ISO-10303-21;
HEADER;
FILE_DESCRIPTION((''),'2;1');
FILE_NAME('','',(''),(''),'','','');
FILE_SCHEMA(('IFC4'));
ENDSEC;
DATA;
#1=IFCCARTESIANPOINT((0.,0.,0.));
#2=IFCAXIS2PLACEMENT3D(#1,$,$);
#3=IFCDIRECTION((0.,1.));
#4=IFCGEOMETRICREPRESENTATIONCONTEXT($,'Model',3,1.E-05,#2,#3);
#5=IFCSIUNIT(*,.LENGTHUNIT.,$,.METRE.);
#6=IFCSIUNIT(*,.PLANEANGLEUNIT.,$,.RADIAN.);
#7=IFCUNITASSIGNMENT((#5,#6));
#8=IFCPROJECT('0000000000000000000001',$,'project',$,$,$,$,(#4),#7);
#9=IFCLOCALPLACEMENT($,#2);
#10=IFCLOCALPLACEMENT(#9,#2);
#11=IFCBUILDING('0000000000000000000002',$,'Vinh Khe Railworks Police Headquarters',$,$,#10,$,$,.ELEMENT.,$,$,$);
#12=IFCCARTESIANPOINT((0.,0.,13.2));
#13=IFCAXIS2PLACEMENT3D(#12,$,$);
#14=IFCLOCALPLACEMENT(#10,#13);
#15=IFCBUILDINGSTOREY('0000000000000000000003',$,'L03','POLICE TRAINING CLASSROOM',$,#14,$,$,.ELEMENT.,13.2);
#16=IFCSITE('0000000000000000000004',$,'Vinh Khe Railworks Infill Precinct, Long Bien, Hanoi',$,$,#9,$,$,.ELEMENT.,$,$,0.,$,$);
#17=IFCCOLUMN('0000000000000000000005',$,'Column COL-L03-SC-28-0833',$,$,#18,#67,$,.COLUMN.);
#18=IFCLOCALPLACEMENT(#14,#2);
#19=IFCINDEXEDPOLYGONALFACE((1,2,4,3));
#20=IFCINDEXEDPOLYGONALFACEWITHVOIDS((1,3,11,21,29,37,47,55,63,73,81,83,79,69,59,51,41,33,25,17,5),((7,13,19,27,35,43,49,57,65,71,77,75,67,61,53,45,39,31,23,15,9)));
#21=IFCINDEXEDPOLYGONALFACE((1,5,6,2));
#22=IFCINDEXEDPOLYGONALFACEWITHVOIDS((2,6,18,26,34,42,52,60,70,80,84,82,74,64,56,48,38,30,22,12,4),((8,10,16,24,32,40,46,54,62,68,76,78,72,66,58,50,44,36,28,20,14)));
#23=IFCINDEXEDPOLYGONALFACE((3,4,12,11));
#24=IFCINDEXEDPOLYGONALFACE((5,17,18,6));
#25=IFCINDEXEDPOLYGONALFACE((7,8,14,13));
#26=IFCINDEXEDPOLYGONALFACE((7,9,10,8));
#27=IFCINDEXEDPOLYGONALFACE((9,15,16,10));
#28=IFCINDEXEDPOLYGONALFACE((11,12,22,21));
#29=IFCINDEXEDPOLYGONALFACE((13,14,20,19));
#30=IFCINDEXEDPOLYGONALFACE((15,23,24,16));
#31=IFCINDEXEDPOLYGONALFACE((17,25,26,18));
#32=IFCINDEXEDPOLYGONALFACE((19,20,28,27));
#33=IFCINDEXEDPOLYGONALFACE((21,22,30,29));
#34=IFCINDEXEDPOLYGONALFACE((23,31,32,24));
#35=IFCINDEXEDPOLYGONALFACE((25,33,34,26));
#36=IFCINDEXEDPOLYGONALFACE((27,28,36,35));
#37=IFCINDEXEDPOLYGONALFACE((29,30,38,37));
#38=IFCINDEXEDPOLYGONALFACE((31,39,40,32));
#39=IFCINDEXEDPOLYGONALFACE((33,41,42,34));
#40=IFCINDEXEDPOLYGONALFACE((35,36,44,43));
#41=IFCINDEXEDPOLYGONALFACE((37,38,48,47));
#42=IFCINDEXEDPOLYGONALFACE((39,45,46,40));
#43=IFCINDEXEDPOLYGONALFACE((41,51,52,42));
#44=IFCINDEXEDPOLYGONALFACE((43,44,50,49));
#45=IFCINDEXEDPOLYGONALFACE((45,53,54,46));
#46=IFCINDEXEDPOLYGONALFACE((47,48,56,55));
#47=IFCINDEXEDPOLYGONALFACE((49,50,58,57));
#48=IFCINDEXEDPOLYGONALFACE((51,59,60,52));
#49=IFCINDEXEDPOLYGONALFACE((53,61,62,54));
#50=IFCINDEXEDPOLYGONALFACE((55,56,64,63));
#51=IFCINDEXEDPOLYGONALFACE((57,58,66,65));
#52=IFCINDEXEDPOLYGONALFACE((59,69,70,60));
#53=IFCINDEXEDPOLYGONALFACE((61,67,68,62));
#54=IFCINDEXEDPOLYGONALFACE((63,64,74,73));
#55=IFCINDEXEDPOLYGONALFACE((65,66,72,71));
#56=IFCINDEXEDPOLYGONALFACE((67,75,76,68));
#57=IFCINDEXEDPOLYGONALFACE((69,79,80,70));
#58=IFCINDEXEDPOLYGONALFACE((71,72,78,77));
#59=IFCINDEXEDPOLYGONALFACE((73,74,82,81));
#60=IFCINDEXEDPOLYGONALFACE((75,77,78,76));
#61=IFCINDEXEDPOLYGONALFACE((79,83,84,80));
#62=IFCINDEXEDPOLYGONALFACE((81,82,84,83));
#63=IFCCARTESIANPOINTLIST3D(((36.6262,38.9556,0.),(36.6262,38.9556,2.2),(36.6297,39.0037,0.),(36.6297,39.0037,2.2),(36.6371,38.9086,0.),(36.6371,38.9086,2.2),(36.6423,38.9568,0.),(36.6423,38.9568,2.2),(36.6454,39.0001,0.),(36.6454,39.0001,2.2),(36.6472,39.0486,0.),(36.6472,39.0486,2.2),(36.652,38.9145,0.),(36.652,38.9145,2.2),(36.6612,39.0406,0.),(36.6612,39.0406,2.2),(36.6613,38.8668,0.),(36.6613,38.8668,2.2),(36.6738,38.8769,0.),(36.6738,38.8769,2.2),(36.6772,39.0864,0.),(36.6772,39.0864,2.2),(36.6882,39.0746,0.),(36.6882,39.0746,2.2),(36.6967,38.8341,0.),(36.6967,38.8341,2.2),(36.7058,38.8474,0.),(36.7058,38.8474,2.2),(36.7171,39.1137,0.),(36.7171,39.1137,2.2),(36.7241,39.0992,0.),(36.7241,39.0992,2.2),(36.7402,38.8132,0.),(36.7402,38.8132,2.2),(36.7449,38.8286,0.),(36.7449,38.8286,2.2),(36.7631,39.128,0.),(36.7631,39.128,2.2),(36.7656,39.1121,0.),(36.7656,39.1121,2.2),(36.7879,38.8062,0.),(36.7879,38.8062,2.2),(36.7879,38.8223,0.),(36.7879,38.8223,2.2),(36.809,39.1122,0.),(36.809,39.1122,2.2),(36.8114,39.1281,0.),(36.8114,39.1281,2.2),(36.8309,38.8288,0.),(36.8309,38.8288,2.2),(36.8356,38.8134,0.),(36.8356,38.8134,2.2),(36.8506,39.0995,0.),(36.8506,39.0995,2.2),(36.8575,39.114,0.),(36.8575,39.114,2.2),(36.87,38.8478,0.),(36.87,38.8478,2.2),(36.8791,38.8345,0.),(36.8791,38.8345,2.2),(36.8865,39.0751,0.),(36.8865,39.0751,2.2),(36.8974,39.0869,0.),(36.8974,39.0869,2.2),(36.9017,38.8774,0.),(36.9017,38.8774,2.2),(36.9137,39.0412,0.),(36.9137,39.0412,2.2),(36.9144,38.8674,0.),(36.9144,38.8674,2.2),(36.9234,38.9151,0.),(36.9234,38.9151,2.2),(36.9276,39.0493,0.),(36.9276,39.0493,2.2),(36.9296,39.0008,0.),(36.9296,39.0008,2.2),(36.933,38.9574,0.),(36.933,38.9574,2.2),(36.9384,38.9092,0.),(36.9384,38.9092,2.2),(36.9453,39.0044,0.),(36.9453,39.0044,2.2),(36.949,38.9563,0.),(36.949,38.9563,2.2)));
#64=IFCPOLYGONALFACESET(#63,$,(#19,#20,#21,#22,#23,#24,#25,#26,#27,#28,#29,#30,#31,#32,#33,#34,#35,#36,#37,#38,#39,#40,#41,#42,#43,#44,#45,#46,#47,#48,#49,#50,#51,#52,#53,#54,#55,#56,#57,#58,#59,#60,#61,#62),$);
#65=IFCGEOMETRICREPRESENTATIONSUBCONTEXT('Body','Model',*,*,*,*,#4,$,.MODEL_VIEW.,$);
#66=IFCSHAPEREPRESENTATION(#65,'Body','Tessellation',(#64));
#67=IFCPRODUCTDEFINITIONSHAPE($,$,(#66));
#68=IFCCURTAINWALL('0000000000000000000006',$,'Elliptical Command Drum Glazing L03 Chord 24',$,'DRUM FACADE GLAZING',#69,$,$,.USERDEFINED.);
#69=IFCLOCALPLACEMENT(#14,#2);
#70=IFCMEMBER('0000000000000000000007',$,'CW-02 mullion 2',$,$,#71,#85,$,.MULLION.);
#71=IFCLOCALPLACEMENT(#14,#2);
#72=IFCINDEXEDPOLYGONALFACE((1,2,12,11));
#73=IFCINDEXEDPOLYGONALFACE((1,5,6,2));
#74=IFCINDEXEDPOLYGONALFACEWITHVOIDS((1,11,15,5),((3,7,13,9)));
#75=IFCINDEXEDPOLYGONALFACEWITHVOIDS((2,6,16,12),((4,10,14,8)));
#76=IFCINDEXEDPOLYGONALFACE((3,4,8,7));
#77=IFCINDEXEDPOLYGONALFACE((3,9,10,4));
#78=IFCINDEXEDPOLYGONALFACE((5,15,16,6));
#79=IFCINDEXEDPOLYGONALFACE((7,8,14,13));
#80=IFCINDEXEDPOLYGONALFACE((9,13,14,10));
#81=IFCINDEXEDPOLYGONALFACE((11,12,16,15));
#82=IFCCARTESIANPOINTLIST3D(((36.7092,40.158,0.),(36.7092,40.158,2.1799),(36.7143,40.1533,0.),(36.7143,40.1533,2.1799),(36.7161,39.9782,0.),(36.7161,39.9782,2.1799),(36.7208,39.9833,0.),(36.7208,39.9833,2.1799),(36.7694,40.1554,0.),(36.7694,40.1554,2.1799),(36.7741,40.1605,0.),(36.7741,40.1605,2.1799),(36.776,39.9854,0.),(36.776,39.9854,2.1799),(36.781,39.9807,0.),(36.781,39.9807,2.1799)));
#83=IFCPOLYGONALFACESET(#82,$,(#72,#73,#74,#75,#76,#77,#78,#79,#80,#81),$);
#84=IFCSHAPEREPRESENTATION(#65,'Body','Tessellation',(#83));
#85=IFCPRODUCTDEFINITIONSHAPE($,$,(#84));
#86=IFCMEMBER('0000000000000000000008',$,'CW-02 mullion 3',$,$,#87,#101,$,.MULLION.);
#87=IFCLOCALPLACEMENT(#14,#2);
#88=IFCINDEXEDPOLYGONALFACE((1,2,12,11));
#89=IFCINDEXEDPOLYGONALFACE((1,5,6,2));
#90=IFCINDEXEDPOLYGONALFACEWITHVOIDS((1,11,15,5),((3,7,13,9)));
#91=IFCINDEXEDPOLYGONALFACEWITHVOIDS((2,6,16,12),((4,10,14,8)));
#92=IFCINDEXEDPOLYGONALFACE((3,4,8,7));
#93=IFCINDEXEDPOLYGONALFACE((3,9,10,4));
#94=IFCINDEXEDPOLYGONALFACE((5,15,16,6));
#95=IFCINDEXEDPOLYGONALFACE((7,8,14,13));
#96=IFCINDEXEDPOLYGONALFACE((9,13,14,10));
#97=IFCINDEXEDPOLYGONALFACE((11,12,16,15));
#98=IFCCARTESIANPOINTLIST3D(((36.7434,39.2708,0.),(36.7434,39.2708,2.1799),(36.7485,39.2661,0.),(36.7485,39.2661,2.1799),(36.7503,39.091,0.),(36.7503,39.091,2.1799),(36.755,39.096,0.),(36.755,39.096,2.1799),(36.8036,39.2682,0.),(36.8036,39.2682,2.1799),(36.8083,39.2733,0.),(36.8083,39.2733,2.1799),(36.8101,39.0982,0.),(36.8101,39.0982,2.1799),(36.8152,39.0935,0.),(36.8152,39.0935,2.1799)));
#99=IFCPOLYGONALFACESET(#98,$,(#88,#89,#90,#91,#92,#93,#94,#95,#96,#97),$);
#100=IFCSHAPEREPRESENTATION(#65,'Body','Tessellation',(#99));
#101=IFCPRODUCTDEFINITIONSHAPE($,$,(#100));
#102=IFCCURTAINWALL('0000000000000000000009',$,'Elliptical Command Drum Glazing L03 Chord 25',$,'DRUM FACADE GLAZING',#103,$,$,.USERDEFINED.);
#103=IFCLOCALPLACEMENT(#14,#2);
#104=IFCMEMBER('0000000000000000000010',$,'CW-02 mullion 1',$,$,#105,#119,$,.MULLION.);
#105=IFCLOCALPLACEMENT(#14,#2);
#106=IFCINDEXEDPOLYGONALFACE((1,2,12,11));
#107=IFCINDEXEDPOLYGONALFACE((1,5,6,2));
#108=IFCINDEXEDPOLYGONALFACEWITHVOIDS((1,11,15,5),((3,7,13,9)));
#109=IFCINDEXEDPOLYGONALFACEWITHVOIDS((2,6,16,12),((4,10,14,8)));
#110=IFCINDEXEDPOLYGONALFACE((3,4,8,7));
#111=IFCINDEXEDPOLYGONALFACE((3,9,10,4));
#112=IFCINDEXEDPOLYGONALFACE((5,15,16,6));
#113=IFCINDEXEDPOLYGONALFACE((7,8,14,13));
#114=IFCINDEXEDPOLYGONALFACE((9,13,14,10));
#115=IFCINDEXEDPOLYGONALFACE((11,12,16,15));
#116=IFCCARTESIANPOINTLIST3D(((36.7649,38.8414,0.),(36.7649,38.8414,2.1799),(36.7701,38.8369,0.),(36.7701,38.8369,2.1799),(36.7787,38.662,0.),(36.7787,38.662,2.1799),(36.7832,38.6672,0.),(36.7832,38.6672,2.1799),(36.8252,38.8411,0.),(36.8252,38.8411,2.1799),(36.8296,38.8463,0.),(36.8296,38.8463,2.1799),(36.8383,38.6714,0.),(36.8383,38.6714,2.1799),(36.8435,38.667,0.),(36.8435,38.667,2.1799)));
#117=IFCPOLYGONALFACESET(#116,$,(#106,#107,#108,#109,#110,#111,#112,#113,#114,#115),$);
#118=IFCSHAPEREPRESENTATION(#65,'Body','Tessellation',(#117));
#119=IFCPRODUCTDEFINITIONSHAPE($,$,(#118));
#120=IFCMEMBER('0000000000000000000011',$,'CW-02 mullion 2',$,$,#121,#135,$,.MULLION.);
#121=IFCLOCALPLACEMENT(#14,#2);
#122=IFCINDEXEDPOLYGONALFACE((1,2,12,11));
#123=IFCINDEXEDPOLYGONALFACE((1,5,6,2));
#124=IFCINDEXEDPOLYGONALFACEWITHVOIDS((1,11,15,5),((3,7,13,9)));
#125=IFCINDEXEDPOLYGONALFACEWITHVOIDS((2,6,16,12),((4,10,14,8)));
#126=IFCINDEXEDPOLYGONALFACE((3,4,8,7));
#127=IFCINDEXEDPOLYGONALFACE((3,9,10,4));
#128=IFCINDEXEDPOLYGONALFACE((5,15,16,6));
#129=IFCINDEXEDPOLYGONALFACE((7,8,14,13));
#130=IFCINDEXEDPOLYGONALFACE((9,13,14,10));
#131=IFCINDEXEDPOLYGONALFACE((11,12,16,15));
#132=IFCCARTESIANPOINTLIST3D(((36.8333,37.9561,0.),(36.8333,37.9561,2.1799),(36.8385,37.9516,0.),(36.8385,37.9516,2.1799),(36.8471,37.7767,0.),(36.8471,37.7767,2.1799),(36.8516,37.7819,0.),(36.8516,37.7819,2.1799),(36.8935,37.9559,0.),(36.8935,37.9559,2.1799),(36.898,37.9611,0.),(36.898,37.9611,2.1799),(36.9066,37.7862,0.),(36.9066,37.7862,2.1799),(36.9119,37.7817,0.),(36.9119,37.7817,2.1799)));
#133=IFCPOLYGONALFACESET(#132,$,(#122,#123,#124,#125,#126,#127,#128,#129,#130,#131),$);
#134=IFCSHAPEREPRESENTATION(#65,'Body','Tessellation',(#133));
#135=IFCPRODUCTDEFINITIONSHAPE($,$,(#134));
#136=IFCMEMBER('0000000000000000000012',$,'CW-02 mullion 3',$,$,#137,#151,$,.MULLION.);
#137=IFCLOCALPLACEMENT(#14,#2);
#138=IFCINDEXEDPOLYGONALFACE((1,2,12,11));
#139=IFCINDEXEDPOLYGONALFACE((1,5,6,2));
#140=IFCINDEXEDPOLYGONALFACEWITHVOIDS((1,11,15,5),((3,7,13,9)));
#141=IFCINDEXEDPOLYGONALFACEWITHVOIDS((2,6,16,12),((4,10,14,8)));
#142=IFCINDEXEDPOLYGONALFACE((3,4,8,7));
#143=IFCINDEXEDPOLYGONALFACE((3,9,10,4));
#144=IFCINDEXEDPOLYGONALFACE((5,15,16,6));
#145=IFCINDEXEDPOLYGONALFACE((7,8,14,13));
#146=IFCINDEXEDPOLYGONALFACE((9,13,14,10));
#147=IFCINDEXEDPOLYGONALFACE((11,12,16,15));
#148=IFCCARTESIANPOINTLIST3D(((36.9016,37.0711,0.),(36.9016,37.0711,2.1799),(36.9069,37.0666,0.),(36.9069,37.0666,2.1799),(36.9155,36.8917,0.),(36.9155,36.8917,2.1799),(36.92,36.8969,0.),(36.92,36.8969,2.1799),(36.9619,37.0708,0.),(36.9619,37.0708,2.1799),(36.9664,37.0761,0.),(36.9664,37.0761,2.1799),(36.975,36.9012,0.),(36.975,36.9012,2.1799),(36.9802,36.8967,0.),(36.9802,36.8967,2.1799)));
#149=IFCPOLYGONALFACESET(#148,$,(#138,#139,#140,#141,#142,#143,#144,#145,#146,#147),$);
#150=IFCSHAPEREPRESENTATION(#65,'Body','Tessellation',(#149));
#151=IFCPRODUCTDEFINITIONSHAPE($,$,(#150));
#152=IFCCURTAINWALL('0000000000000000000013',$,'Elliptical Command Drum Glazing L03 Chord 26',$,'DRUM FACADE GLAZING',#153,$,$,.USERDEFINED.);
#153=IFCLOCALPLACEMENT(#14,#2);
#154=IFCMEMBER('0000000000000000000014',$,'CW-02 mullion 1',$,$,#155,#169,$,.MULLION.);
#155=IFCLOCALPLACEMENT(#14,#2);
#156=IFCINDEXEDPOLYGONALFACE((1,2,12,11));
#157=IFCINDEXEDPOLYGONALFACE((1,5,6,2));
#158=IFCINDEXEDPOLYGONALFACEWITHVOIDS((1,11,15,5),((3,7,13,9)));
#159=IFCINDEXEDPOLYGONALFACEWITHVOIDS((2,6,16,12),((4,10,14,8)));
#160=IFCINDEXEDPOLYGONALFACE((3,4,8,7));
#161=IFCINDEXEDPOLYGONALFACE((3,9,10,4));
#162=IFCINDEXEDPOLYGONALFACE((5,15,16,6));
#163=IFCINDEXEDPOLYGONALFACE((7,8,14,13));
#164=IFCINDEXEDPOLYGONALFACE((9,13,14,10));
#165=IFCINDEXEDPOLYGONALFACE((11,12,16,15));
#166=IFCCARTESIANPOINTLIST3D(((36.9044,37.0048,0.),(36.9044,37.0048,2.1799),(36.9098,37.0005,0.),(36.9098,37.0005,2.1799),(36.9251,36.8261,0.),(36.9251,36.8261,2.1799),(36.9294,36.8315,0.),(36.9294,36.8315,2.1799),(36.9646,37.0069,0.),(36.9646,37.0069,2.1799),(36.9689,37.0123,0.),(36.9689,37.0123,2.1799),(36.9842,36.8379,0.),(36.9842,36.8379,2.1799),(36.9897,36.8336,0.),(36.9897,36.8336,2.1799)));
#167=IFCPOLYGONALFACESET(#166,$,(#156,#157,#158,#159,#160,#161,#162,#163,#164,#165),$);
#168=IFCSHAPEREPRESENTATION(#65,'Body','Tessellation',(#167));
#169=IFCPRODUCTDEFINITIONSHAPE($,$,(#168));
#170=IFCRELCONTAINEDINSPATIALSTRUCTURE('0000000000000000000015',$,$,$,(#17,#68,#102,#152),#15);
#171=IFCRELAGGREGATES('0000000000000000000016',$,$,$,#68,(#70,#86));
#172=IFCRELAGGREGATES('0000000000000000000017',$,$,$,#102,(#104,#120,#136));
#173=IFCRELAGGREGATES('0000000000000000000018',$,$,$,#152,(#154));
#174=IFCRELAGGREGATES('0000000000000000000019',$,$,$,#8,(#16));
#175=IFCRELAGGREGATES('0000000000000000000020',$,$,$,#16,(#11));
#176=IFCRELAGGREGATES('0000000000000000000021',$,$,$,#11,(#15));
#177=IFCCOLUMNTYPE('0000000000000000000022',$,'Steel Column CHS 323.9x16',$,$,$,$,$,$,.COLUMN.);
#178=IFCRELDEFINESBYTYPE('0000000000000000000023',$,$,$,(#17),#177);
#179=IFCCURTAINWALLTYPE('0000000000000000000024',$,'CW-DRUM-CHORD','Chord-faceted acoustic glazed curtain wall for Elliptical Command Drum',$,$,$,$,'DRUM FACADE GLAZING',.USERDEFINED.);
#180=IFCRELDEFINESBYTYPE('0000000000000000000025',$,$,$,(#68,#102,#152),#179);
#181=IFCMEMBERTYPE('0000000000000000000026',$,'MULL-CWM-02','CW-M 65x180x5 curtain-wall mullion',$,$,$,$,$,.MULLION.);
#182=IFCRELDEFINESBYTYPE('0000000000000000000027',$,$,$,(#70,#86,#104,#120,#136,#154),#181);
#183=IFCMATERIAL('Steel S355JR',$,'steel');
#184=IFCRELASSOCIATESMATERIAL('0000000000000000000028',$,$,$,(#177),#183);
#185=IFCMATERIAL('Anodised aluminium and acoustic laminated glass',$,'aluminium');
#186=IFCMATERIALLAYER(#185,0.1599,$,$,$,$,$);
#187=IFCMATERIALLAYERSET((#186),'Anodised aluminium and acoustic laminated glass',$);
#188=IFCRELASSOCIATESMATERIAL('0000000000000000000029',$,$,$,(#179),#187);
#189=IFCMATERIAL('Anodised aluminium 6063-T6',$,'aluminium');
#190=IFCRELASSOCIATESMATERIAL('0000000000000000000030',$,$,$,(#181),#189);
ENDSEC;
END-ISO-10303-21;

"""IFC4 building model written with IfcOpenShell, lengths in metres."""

from ifc_helpers import new_model, si_unit, direction, frame, origin, origin_2d, place, context, subcontext, project, spatial, hollow_rectangle, hollow_circle, extrude, material, layer, layer_set, material_profile, profile_set, type_object, element, aggregate, save


model = new_model("IFC4")

# Units and contexts
model_context = context("Model", 3, precision=1e-05, world=origin(), true_north=direction((0.0, 1.0)))
body_context = subcontext(model_context, "Body", "Model", "MODEL_VIEW")
ifc_project = project(units=[si_unit("LENGTHUNIT", "METRE"), si_unit("PLANEANGLEUNIT", "RADIAN")], contexts=[model_context])

# Site, building, storey
site_placement = place(None, origin())
site = spatial("IfcSite", under=ifc_project, at=site_placement, Name="Vinh Khe Railworks Infill Precinct, Long Bien, Hanoi", CompositionType="ELEMENT", RefElevation=0.0)
building_placement = place(site_placement, origin())
building = spatial("IfcBuilding", under=site, at=building_placement, Name="Vinh Khe Railworks Police Headquarters", CompositionType="ELEMENT")
storey_placement = place(building_placement, frame((0.0, 0.0, 13.2)))
storey = spatial("IfcBuildingStorey", under=building, at=storey_placement, Name="L03", Description="POLICE TRAINING CLASSROOM", CompositionType="ELEMENT", Elevation=13.2)

# Column
ifc_material_1 = material(Name="Steel S355JR", Category="steel")
ifc_material_profile_1 = material_profile(ifc_material_1, hollow_circle(Radius=0.1619, WallThickness=0.0161, at=origin_2d()), Name="CHS 323.9x16")
ifc_profile_set_1 = profile_set([ifc_material_profile_1], Name="Steel S355JR")
column_type = type_object("IfcColumnType", Name="Steel Column CHS 323.9x16", PredefinedType="COLUMN", material=ifc_profile_set_1)
column_placement = place(storey_placement, frame((36.7876, 38.968, 0.0), z_axis=(0.0, 0.0, 1.0), x_axis=(-0.997039, -0.076893, 0.0)))
element("IfcColumn", 1, at=column_placement, inside=storey, type_object=column_type, Name="Column COL-L03-SC-28-0833", PredefinedType="COLUMN", context=body_context, shape_type="SweptSolid", body=[
    extrude(hollow_circle(Radius=0.1619, WallThickness=0.0161, at=origin_2d()), origin(), (0.0, 0.0, 1.0), 2.2),
])

# Curtain walls, members
ifc_material_2 = material(Name="Anodised aluminium and acoustic laminated glass", Category="aluminium")
ifc_layer_1 = layer(ifc_material_2, 0.1599)
ifc_layer_set_1 = layer_set([ifc_layer_1], Name="Anodised aluminium and acoustic laminated glass")
curtain_wall_type = type_object("IfcCurtainWallType", Name="CW-DRUM-CHORD", Description="Chord-faceted acoustic glazed curtain wall for Elliptical Command Drum", ElementType="DRUM FACADE GLAZING", PredefinedType="USERDEFINED", material=ifc_layer_set_1)
curtain_wall_1_placement = place(storey_placement, origin())
curtain_wall_1 = element("IfcCurtainWall", 2, at=curtain_wall_1_placement, inside=storey, type_object=curtain_wall_type, Name="Elliptical Command Drum Glazing L03 Chord 24", ObjectType="DRUM FACADE GLAZING", PredefinedType="USERDEFINED")
ifc_material_3 = material(Name="Anodised aluminium 6063-T6", Category="aluminium")
ifc_material_profile_2 = material_profile(ifc_material_3, hollow_rectangle(XDim=0.0649, YDim=0.1799, WallThickness=0.0049, at=origin_2d()), Name="CW-M 65x180x5")
ifc_profile_set_2 = profile_set([ifc_material_profile_2], Name="Anodised aluminium 6063-T6")
member_type_1 = type_object("IfcMemberType", Name="MULL-CWM-02", Description="CW-M 65x180x5 curtain-wall mullion", PredefinedType="MULLION", material=ifc_profile_set_2)
member_1_placement = place(storey_placement, frame((36.7451, 40.0693, 0.0), z_axis=(0.0, 0.0, 1.0), x_axis=(0.999258, 0.038513, 0.0)))
member_1 = element("IfcMember", 3, at=member_1_placement, type_object=member_type_1, Name="CW-02 mullion 2", PredefinedType="MULLION", context=body_context, shape_type="SweptSolid", body=[
    extrude(hollow_rectangle(XDim=0.0649, YDim=0.1799, WallThickness=0.0049, at=origin_2d()), origin(), (0.0, 0.0, 1.0), 2.1799),
])
member_2_placement = place(storey_placement, frame((36.7793, 39.1821, 0.0), z_axis=(0.0, 0.0, 1.0), x_axis=(0.999258, 0.038513, 0.0)))
member_2 = element("IfcMember", 4, at=member_2_placement, type_object=member_type_1, Name="CW-02 mullion 3", PredefinedType="MULLION", context=body_context, shape_type="SweptSolid", body=[
    extrude(hollow_rectangle(XDim=0.0649, YDim=0.1799, WallThickness=0.0049, at=origin_2d()), origin(), (0.0, 0.0, 1.0), 2.1799),
])
curtain_wall_2_placement = place(storey_placement, origin())
curtain_wall_2 = element("IfcCurtainWall", 5, at=curtain_wall_2_placement, inside=storey, type_object=curtain_wall_type, Name="Elliptical Command Drum Glazing L03 Chord 25", ObjectType="DRUM FACADE GLAZING", PredefinedType="USERDEFINED")
member_3_placement = place(storey_placement, frame((36.8042, 38.7542, 0.0), z_axis=(0.0, 0.0, 1.0), x_axis=(0.997033, 0.076969, 0.0)))
member_3 = element("IfcMember", 6, at=member_3_placement, type_object=member_type_1, Name="CW-02 mullion 1", PredefinedType="MULLION", context=body_context, shape_type="SweptSolid", body=[
    extrude(hollow_rectangle(XDim=0.0649, YDim=0.1799, WallThickness=0.0049, at=origin_2d()), origin(), (0.0, 0.0, 1.0), 2.1799),
])
member_4_placement = place(storey_placement, frame((36.8726, 37.8689, 0.0), z_axis=(0.0, 0.0, 1.0), x_axis=(0.997033, 0.076969, 0.0)))
member_4 = element("IfcMember", 7, at=member_4_placement, type_object=member_type_1, Name="CW-02 mullion 2", PredefinedType="MULLION", context=body_context, shape_type="SweptSolid", body=[
    extrude(hollow_rectangle(XDim=0.0649, YDim=0.1799, WallThickness=0.0049, at=origin_2d()), origin(), (0.0, 0.0, 1.0), 2.1799),
])
member_5_placement = place(storey_placement, frame((36.9409, 36.9839, 0.0), z_axis=(0.0, 0.0, 1.0), x_axis=(0.997033, 0.076969, 0.0)))
member_5 = element("IfcMember", 8, at=member_5_placement, type_object=member_type_1, Name="CW-02 mullion 3", PredefinedType="MULLION", context=body_context, shape_type="SweptSolid", body=[
    extrude(hollow_rectangle(XDim=0.0649, YDim=0.1799, WallThickness=0.0049, at=origin_2d()), origin(), (0.0, 0.0, 1.0), 2.1799),
])

# Curtain wall, member
curtain_wall_3_placement = place(storey_placement, origin())
curtain_wall_3 = element("IfcCurtainWall", 9, at=curtain_wall_3_placement, inside=storey, type_object=curtain_wall_type, Name="Elliptical Command Drum Glazing L03 Chord 26", ObjectType="DRUM FACADE GLAZING", PredefinedType="USERDEFINED")
member_6_placement = place(storey_placement, frame((36.947, 36.9192, 0.0), z_axis=(0.0, 0.0, 1.0), x_axis=(0.993329, 0.115318, 0.0)))
member_6 = element("IfcMember", 10, at=member_6_placement, type_object=member_type_1, Name="CW-02 mullion 1", PredefinedType="MULLION", context=body_context, shape_type="SweptSolid", body=[
    extrude(hollow_rectangle(XDim=0.0649, YDim=0.1799, WallThickness=0.0049, at=origin_2d()), origin(), (0.0, 0.0, 1.0), 2.1799),
])

aggregate(curtain_wall_1, [member_1, member_2])
aggregate(curtain_wall_2, [member_3, member_4, member_5])
aggregate(curtain_wall_3, [member_6])

save(model, "model.ifc")
